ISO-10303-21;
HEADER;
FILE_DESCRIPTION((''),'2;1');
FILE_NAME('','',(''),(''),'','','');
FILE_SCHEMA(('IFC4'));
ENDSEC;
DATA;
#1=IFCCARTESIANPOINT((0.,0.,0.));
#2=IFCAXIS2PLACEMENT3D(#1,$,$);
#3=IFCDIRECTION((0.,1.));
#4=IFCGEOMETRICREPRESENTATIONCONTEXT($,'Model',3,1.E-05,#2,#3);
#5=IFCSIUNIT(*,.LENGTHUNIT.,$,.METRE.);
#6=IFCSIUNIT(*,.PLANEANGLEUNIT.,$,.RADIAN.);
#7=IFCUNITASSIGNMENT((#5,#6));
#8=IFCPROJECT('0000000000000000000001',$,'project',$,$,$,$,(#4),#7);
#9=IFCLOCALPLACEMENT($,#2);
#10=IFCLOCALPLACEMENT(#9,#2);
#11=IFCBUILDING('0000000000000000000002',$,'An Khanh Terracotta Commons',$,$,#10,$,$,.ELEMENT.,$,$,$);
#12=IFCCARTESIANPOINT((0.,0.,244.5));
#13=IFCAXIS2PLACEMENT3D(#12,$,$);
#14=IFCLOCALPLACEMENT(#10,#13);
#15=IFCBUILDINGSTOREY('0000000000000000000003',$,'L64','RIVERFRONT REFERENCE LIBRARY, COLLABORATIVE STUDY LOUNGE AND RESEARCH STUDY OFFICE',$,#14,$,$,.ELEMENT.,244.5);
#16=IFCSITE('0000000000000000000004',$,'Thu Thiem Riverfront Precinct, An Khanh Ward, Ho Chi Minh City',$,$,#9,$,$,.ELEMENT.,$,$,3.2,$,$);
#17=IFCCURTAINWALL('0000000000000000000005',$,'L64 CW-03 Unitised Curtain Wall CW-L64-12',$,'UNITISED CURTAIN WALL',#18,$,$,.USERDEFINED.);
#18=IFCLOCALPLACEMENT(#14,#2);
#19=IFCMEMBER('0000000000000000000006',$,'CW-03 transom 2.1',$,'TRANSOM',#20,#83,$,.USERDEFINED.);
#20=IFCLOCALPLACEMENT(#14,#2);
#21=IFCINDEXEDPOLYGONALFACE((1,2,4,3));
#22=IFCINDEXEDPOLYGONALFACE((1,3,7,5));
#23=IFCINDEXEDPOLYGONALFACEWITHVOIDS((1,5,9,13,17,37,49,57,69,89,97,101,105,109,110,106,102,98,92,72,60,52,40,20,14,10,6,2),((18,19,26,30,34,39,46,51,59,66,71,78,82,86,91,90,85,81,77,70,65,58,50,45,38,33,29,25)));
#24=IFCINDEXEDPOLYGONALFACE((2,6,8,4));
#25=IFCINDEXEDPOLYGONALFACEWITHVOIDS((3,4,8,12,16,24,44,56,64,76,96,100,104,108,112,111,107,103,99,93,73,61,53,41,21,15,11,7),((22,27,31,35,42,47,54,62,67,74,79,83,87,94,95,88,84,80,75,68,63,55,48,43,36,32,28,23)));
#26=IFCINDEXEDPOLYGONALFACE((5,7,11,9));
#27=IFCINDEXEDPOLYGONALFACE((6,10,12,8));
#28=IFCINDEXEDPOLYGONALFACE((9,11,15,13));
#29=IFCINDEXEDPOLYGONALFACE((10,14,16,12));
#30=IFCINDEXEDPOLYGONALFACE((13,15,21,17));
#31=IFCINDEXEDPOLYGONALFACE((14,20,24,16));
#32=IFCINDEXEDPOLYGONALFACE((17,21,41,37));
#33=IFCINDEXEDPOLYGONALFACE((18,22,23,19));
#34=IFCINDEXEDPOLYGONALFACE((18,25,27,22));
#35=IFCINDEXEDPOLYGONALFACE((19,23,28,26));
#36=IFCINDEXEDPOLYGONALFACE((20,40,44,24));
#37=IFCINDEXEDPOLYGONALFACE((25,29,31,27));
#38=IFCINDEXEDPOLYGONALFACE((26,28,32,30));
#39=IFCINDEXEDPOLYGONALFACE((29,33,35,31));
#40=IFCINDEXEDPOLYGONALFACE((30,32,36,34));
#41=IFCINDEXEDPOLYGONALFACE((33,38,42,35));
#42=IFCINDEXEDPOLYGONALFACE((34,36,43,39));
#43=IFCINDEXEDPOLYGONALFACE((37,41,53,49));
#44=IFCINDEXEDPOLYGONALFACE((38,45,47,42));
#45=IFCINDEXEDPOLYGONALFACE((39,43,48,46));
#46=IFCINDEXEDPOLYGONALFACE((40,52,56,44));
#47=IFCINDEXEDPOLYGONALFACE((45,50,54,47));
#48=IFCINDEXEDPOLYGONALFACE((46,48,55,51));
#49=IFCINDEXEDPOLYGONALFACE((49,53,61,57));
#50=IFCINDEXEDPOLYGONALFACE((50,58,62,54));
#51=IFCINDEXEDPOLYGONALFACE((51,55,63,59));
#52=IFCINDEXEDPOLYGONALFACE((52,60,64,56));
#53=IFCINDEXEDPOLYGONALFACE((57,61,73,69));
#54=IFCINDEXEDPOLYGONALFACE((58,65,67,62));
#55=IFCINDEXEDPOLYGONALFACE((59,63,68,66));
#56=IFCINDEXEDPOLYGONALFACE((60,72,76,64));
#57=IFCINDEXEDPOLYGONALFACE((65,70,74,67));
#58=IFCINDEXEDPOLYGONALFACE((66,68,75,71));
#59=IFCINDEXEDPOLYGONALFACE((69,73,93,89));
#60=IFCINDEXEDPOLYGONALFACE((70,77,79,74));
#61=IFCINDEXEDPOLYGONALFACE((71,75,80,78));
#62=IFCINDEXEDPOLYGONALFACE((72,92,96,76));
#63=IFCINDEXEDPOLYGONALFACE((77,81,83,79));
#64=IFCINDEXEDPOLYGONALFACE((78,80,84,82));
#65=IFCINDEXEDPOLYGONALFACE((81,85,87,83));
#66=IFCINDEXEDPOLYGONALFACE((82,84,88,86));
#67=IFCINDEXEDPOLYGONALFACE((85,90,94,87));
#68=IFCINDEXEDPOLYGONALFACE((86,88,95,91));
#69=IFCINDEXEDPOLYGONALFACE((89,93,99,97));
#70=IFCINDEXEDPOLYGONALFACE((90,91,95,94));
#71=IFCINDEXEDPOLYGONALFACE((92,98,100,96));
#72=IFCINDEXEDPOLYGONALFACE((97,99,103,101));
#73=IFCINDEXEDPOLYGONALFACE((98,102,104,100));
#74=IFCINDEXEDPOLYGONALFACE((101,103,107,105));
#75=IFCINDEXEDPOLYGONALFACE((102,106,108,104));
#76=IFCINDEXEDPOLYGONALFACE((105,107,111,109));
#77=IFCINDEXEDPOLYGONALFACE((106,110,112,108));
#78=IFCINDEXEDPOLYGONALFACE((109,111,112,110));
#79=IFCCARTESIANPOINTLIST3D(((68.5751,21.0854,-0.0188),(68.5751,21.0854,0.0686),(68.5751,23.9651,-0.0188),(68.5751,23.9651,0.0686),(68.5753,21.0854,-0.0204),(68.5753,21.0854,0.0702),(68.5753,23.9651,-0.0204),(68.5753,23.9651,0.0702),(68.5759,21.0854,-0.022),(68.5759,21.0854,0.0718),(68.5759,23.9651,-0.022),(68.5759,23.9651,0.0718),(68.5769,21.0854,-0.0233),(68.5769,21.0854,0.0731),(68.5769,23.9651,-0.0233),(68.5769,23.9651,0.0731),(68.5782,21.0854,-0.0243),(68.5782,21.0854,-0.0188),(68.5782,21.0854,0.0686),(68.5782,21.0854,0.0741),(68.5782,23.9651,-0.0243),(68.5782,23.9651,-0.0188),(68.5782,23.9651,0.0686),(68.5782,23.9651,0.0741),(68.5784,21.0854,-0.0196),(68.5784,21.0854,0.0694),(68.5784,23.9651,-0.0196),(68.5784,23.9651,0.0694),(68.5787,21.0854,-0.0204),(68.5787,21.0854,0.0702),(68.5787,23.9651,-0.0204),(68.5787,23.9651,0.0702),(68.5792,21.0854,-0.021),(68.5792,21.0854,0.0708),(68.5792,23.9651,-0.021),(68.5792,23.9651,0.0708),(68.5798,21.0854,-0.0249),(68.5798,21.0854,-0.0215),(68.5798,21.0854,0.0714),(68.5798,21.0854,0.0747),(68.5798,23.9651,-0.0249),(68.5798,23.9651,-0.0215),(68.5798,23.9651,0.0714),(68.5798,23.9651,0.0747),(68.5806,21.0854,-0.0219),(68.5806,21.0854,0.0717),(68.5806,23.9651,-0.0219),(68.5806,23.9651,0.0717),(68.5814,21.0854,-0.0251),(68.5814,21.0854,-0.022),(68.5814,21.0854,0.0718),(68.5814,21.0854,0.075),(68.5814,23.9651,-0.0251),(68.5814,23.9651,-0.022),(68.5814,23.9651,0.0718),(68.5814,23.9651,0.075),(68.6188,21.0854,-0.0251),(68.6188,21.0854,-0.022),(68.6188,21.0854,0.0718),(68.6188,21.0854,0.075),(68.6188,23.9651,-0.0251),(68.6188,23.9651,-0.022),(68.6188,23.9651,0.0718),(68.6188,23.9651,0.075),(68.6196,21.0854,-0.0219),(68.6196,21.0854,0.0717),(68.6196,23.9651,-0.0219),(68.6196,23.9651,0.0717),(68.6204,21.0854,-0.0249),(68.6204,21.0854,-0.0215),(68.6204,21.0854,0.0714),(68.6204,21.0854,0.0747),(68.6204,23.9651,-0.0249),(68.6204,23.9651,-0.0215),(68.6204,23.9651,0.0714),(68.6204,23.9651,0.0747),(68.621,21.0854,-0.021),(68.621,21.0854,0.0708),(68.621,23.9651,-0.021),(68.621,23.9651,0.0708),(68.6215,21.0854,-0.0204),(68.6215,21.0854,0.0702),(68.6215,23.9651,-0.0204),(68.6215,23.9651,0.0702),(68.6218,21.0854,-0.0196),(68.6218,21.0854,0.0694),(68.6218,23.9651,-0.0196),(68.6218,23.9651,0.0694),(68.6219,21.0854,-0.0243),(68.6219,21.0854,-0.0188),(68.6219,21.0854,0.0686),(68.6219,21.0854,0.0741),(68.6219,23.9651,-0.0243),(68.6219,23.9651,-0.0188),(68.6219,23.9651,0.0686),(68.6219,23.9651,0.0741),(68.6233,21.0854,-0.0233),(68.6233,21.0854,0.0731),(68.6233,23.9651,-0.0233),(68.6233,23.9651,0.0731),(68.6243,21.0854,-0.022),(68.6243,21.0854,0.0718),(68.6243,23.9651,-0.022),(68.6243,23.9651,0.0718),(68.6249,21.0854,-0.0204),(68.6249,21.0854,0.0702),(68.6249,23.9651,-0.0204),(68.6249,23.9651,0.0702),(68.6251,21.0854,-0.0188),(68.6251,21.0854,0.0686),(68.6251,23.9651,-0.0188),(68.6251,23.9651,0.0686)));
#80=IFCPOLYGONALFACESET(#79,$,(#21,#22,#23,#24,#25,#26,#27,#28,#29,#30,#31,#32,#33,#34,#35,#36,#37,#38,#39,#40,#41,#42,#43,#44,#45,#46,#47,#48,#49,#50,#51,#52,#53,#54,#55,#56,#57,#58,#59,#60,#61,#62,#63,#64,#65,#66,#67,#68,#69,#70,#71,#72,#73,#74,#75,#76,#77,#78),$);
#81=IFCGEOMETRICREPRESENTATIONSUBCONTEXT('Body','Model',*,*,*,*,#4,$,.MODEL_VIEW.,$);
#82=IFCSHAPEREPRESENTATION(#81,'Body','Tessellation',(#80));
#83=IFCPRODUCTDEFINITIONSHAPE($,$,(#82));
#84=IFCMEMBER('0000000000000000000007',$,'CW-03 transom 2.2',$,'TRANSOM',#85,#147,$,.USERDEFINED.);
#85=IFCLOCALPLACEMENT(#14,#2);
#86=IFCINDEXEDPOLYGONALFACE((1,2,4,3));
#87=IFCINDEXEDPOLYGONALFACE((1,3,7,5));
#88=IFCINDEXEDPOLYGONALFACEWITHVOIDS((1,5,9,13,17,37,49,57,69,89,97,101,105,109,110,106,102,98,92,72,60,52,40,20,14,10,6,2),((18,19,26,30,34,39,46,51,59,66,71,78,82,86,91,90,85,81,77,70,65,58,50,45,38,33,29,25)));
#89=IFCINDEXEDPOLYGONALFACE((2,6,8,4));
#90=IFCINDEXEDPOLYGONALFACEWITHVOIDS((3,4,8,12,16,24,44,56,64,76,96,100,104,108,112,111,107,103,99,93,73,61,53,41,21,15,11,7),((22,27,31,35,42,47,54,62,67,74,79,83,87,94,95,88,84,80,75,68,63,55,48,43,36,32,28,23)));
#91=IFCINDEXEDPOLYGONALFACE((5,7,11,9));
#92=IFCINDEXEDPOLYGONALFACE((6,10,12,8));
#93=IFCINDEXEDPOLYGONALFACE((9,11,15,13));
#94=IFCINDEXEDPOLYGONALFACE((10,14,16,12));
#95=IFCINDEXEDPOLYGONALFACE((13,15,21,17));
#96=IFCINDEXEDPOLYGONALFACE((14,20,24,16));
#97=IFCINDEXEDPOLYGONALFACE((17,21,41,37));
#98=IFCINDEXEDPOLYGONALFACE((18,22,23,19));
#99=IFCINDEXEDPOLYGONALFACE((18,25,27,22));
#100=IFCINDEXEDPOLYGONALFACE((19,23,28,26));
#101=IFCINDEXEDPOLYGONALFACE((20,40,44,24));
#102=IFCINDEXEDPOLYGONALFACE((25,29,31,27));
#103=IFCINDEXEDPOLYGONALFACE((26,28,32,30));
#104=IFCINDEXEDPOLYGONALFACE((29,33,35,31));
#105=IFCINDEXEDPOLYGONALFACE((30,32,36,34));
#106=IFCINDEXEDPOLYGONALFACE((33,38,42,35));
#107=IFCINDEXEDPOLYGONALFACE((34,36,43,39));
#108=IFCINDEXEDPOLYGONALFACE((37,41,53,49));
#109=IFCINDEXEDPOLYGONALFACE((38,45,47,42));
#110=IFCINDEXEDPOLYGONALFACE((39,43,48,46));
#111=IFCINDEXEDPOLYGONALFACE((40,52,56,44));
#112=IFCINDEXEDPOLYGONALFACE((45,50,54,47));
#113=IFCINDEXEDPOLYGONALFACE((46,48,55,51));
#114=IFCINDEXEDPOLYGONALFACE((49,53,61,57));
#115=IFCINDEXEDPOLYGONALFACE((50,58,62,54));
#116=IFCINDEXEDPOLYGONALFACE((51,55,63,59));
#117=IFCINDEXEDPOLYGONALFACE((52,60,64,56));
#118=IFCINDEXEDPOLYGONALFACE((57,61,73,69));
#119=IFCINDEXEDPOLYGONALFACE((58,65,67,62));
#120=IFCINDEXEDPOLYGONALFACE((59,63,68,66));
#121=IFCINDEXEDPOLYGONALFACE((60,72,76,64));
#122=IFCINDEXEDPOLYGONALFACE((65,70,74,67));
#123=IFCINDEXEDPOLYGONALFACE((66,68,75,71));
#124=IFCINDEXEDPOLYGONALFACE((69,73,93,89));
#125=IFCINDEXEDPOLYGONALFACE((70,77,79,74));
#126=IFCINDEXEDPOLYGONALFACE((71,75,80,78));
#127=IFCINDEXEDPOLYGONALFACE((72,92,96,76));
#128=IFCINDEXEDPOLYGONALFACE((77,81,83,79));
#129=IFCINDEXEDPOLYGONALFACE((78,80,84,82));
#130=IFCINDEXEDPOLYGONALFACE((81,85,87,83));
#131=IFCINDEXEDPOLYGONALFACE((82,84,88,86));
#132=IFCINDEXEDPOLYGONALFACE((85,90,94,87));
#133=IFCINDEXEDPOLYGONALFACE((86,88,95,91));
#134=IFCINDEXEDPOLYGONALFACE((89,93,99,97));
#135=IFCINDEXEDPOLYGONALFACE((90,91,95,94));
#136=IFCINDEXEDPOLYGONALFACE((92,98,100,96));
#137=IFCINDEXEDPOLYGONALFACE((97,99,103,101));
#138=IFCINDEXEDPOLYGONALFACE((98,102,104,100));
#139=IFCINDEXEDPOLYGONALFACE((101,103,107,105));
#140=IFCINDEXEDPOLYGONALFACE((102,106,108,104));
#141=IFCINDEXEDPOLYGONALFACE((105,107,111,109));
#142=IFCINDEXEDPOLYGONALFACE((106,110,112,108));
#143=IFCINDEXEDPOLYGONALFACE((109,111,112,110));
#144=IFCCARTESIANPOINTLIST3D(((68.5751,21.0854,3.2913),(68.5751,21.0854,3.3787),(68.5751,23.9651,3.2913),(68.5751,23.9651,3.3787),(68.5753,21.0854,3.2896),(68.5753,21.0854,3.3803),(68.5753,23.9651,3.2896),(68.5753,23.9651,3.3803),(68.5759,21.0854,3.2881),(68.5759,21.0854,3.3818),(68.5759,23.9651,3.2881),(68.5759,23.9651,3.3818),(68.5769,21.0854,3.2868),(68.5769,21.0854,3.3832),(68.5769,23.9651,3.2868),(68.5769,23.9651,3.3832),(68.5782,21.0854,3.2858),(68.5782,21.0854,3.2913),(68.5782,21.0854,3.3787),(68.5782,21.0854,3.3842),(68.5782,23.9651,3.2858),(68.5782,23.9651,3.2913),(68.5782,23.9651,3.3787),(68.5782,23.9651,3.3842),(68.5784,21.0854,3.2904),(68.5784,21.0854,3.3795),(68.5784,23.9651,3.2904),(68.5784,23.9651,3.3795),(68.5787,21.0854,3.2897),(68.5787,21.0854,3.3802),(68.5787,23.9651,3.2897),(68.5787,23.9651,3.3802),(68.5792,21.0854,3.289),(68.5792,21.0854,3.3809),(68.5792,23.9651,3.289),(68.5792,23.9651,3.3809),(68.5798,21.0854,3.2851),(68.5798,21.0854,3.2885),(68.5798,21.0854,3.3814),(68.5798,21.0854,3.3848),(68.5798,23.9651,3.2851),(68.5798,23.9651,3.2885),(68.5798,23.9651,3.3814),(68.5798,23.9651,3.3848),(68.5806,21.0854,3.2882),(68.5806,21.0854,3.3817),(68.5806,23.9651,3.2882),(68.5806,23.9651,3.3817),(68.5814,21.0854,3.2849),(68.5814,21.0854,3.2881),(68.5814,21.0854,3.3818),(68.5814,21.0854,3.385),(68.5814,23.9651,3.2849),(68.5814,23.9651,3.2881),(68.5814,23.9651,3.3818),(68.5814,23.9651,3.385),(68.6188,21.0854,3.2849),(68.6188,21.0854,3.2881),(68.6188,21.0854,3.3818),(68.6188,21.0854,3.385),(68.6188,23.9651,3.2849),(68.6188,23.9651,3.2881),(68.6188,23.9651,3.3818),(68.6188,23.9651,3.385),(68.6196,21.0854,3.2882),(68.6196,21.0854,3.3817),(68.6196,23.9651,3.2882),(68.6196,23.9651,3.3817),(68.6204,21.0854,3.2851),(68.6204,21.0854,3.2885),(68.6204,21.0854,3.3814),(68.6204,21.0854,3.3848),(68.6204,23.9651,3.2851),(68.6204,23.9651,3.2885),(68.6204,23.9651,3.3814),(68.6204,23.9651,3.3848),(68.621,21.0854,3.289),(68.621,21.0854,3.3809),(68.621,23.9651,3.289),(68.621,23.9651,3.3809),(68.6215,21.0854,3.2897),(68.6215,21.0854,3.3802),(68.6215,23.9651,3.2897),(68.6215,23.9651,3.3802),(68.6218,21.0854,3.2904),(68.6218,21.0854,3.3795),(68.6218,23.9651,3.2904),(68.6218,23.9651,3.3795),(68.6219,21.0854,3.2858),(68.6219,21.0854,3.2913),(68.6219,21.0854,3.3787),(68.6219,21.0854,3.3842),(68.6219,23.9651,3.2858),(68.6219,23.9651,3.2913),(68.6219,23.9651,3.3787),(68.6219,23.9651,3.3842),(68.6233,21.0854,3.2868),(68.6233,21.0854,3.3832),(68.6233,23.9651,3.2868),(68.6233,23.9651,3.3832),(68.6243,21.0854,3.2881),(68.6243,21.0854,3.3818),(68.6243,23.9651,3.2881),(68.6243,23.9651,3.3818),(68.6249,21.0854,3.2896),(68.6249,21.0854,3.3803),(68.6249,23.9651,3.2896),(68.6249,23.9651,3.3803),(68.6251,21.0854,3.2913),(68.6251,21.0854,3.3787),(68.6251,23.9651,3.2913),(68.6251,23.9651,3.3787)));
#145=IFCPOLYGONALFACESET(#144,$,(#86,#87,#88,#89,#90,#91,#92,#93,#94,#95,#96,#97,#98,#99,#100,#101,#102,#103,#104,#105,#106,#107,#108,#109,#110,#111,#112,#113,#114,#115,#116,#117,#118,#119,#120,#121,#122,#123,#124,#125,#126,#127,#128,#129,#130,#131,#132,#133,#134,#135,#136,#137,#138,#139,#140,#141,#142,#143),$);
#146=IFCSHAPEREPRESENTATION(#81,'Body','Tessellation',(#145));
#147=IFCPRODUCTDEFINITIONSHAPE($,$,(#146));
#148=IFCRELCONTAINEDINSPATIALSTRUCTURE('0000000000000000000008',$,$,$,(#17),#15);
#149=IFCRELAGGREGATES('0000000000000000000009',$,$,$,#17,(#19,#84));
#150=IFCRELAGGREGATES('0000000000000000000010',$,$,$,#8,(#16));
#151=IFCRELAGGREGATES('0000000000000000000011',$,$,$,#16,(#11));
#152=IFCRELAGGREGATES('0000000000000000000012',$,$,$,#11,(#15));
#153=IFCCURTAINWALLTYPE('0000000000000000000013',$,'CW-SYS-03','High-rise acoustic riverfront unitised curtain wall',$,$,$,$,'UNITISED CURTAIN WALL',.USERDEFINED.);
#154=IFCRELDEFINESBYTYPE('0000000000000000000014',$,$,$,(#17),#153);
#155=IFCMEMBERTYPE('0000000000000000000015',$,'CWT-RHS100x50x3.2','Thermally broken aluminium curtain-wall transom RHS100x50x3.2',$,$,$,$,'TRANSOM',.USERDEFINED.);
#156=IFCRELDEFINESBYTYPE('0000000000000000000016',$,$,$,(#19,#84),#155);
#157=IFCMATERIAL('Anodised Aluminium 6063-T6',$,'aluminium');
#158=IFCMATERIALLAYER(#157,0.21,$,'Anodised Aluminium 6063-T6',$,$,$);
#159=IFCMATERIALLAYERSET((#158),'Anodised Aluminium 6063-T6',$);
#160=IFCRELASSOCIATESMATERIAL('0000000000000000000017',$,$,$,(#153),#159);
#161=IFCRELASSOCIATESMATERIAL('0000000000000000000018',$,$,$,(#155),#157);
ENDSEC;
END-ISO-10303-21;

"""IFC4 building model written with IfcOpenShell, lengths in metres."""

from ifc_helpers import new_model, si_unit, direction, frame, origin, origin_2d, place, context, subcontext, project, spatial, hollow_rectangle, extrude, material, layer, layer_set, material_profile, profile_set, type_object, element, aggregate, save


model = new_model("IFC4")

# Units and contexts
model_context = context("Model", 3, precision=1e-05, world=origin(), true_north=direction((0.0, 1.0)))
body_context = subcontext(model_context, "Body", "Model", "MODEL_VIEW")
ifc_project = project(units=[si_unit("LENGTHUNIT", "METRE"), si_unit("PLANEANGLEUNIT", "RADIAN")], contexts=[model_context])

# Site, building, storey
site_placement = place(None, origin())
site = spatial("IfcSite", under=ifc_project, at=site_placement, Name="Thu Thiem Riverfront Precinct, An Khanh Ward, Ho Chi Minh City", CompositionType="ELEMENT", RefElevation=3.2)
building_placement = place(site_placement, origin())
building = spatial("IfcBuilding", under=site, at=building_placement, Name="An Khanh Terracotta Commons", CompositionType="ELEMENT")
storey_placement = place(building_placement, frame((0.0, 0.0, 244.5)))
storey = spatial("IfcBuildingStorey", under=building, at=storey_placement, Name="L64", Description="RIVERFRONT REFERENCE LIBRARY, COLLABORATIVE STUDY LOUNGE AND RESEARCH STUDY OFFICE", CompositionType="ELEMENT", Elevation=244.5)

# Curtain wall
ifc_material_1 = material(Name="Anodised Aluminium 6063-T6", Category="aluminium")
ifc_layer_1 = layer(ifc_material_1, 0.21, Name="Anodised Aluminium 6063-T6")
ifc_layer_set_1 = layer_set([ifc_layer_1], Name="Anodised Aluminium 6063-T6")
curtain_wall_type = type_object("IfcCurtainWallType", Name="CW-SYS-03", Description="High-rise acoustic riverfront unitised curtain wall", ElementType="UNITISED CURTAIN WALL", PredefinedType="USERDEFINED", material=ifc_layer_set_1)
curtain_wall_1_placement = place(storey_placement, origin())
curtain_wall_1 = element("IfcCurtainWall", 1, at=curtain_wall_1_placement, inside=storey, type_object=curtain_wall_type, Name="L64 CW-03 Unitised Curtain Wall CW-L64-12", ObjectType="UNITISED CURTAIN WALL", PredefinedType="USERDEFINED")

# Members
ifc_material_profile_1 = material_profile(ifc_material_1, hollow_rectangle(XDim=0.05, YDim=0.1001, WallThickness=0.0032, InnerFilletRadius=0.0032, OuterFilletRadius=0.0063, at=origin_2d()), Name="RHS100x50x3.2")
ifc_profile_set_1 = profile_set([ifc_material_profile_1], Name="Anodised Aluminium 6063-T6")
member_type_1 = type_object("IfcMemberType", Name="CWT-RHS100x50x3.2", Description="Thermally broken aluminium curtain-wall transom RHS100x50x3.2", ElementType="TRANSOM", PredefinedType="USERDEFINED", material=ifc_profile_set_1)
member_1_placement = place(storey_placement, frame((68.6001, 21.0854, 0.0249), z_axis=(0.0, 1.0, 0.0), x_axis=(-1.0, 0.0, 0.0)))
member_1 = element("IfcMember", 2, at=member_1_placement, type_object=member_type_1, Name="CW-03 transom 2.1", ObjectType="TRANSOM", PredefinedType="USERDEFINED", context=body_context, shape_type="SweptSolid", body=[
    extrude(hollow_rectangle(XDim=0.05, YDim=0.1001, WallThickness=0.0032, InnerFilletRadius=0.0032, OuterFilletRadius=0.0063, at=origin_2d()), origin(), (0.0, 0.0, 1.0), 2.8796),
])
member_2_placement = place(storey_placement, frame((68.6001, 21.0854, 3.335), z_axis=(0.0, 1.0, 0.0), x_axis=(-1.0, 0.0, 0.0)))
member_2 = element("IfcMember", 3, at=member_2_placement, type_object=member_type_1, Name="CW-03 transom 2.2", ObjectType="TRANSOM", PredefinedType="USERDEFINED", context=body_context, shape_type="SweptSolid", body=[
    extrude(hollow_rectangle(XDim=0.05, YDim=0.1001, WallThickness=0.0032, InnerFilletRadius=0.0032, OuterFilletRadius=0.0063, at=origin_2d()), origin(), (0.0, 0.0, 1.0), 2.8796),
])

aggregate(curtain_wall_1, [member_1, member_2])

save(model, "model.ifc")
